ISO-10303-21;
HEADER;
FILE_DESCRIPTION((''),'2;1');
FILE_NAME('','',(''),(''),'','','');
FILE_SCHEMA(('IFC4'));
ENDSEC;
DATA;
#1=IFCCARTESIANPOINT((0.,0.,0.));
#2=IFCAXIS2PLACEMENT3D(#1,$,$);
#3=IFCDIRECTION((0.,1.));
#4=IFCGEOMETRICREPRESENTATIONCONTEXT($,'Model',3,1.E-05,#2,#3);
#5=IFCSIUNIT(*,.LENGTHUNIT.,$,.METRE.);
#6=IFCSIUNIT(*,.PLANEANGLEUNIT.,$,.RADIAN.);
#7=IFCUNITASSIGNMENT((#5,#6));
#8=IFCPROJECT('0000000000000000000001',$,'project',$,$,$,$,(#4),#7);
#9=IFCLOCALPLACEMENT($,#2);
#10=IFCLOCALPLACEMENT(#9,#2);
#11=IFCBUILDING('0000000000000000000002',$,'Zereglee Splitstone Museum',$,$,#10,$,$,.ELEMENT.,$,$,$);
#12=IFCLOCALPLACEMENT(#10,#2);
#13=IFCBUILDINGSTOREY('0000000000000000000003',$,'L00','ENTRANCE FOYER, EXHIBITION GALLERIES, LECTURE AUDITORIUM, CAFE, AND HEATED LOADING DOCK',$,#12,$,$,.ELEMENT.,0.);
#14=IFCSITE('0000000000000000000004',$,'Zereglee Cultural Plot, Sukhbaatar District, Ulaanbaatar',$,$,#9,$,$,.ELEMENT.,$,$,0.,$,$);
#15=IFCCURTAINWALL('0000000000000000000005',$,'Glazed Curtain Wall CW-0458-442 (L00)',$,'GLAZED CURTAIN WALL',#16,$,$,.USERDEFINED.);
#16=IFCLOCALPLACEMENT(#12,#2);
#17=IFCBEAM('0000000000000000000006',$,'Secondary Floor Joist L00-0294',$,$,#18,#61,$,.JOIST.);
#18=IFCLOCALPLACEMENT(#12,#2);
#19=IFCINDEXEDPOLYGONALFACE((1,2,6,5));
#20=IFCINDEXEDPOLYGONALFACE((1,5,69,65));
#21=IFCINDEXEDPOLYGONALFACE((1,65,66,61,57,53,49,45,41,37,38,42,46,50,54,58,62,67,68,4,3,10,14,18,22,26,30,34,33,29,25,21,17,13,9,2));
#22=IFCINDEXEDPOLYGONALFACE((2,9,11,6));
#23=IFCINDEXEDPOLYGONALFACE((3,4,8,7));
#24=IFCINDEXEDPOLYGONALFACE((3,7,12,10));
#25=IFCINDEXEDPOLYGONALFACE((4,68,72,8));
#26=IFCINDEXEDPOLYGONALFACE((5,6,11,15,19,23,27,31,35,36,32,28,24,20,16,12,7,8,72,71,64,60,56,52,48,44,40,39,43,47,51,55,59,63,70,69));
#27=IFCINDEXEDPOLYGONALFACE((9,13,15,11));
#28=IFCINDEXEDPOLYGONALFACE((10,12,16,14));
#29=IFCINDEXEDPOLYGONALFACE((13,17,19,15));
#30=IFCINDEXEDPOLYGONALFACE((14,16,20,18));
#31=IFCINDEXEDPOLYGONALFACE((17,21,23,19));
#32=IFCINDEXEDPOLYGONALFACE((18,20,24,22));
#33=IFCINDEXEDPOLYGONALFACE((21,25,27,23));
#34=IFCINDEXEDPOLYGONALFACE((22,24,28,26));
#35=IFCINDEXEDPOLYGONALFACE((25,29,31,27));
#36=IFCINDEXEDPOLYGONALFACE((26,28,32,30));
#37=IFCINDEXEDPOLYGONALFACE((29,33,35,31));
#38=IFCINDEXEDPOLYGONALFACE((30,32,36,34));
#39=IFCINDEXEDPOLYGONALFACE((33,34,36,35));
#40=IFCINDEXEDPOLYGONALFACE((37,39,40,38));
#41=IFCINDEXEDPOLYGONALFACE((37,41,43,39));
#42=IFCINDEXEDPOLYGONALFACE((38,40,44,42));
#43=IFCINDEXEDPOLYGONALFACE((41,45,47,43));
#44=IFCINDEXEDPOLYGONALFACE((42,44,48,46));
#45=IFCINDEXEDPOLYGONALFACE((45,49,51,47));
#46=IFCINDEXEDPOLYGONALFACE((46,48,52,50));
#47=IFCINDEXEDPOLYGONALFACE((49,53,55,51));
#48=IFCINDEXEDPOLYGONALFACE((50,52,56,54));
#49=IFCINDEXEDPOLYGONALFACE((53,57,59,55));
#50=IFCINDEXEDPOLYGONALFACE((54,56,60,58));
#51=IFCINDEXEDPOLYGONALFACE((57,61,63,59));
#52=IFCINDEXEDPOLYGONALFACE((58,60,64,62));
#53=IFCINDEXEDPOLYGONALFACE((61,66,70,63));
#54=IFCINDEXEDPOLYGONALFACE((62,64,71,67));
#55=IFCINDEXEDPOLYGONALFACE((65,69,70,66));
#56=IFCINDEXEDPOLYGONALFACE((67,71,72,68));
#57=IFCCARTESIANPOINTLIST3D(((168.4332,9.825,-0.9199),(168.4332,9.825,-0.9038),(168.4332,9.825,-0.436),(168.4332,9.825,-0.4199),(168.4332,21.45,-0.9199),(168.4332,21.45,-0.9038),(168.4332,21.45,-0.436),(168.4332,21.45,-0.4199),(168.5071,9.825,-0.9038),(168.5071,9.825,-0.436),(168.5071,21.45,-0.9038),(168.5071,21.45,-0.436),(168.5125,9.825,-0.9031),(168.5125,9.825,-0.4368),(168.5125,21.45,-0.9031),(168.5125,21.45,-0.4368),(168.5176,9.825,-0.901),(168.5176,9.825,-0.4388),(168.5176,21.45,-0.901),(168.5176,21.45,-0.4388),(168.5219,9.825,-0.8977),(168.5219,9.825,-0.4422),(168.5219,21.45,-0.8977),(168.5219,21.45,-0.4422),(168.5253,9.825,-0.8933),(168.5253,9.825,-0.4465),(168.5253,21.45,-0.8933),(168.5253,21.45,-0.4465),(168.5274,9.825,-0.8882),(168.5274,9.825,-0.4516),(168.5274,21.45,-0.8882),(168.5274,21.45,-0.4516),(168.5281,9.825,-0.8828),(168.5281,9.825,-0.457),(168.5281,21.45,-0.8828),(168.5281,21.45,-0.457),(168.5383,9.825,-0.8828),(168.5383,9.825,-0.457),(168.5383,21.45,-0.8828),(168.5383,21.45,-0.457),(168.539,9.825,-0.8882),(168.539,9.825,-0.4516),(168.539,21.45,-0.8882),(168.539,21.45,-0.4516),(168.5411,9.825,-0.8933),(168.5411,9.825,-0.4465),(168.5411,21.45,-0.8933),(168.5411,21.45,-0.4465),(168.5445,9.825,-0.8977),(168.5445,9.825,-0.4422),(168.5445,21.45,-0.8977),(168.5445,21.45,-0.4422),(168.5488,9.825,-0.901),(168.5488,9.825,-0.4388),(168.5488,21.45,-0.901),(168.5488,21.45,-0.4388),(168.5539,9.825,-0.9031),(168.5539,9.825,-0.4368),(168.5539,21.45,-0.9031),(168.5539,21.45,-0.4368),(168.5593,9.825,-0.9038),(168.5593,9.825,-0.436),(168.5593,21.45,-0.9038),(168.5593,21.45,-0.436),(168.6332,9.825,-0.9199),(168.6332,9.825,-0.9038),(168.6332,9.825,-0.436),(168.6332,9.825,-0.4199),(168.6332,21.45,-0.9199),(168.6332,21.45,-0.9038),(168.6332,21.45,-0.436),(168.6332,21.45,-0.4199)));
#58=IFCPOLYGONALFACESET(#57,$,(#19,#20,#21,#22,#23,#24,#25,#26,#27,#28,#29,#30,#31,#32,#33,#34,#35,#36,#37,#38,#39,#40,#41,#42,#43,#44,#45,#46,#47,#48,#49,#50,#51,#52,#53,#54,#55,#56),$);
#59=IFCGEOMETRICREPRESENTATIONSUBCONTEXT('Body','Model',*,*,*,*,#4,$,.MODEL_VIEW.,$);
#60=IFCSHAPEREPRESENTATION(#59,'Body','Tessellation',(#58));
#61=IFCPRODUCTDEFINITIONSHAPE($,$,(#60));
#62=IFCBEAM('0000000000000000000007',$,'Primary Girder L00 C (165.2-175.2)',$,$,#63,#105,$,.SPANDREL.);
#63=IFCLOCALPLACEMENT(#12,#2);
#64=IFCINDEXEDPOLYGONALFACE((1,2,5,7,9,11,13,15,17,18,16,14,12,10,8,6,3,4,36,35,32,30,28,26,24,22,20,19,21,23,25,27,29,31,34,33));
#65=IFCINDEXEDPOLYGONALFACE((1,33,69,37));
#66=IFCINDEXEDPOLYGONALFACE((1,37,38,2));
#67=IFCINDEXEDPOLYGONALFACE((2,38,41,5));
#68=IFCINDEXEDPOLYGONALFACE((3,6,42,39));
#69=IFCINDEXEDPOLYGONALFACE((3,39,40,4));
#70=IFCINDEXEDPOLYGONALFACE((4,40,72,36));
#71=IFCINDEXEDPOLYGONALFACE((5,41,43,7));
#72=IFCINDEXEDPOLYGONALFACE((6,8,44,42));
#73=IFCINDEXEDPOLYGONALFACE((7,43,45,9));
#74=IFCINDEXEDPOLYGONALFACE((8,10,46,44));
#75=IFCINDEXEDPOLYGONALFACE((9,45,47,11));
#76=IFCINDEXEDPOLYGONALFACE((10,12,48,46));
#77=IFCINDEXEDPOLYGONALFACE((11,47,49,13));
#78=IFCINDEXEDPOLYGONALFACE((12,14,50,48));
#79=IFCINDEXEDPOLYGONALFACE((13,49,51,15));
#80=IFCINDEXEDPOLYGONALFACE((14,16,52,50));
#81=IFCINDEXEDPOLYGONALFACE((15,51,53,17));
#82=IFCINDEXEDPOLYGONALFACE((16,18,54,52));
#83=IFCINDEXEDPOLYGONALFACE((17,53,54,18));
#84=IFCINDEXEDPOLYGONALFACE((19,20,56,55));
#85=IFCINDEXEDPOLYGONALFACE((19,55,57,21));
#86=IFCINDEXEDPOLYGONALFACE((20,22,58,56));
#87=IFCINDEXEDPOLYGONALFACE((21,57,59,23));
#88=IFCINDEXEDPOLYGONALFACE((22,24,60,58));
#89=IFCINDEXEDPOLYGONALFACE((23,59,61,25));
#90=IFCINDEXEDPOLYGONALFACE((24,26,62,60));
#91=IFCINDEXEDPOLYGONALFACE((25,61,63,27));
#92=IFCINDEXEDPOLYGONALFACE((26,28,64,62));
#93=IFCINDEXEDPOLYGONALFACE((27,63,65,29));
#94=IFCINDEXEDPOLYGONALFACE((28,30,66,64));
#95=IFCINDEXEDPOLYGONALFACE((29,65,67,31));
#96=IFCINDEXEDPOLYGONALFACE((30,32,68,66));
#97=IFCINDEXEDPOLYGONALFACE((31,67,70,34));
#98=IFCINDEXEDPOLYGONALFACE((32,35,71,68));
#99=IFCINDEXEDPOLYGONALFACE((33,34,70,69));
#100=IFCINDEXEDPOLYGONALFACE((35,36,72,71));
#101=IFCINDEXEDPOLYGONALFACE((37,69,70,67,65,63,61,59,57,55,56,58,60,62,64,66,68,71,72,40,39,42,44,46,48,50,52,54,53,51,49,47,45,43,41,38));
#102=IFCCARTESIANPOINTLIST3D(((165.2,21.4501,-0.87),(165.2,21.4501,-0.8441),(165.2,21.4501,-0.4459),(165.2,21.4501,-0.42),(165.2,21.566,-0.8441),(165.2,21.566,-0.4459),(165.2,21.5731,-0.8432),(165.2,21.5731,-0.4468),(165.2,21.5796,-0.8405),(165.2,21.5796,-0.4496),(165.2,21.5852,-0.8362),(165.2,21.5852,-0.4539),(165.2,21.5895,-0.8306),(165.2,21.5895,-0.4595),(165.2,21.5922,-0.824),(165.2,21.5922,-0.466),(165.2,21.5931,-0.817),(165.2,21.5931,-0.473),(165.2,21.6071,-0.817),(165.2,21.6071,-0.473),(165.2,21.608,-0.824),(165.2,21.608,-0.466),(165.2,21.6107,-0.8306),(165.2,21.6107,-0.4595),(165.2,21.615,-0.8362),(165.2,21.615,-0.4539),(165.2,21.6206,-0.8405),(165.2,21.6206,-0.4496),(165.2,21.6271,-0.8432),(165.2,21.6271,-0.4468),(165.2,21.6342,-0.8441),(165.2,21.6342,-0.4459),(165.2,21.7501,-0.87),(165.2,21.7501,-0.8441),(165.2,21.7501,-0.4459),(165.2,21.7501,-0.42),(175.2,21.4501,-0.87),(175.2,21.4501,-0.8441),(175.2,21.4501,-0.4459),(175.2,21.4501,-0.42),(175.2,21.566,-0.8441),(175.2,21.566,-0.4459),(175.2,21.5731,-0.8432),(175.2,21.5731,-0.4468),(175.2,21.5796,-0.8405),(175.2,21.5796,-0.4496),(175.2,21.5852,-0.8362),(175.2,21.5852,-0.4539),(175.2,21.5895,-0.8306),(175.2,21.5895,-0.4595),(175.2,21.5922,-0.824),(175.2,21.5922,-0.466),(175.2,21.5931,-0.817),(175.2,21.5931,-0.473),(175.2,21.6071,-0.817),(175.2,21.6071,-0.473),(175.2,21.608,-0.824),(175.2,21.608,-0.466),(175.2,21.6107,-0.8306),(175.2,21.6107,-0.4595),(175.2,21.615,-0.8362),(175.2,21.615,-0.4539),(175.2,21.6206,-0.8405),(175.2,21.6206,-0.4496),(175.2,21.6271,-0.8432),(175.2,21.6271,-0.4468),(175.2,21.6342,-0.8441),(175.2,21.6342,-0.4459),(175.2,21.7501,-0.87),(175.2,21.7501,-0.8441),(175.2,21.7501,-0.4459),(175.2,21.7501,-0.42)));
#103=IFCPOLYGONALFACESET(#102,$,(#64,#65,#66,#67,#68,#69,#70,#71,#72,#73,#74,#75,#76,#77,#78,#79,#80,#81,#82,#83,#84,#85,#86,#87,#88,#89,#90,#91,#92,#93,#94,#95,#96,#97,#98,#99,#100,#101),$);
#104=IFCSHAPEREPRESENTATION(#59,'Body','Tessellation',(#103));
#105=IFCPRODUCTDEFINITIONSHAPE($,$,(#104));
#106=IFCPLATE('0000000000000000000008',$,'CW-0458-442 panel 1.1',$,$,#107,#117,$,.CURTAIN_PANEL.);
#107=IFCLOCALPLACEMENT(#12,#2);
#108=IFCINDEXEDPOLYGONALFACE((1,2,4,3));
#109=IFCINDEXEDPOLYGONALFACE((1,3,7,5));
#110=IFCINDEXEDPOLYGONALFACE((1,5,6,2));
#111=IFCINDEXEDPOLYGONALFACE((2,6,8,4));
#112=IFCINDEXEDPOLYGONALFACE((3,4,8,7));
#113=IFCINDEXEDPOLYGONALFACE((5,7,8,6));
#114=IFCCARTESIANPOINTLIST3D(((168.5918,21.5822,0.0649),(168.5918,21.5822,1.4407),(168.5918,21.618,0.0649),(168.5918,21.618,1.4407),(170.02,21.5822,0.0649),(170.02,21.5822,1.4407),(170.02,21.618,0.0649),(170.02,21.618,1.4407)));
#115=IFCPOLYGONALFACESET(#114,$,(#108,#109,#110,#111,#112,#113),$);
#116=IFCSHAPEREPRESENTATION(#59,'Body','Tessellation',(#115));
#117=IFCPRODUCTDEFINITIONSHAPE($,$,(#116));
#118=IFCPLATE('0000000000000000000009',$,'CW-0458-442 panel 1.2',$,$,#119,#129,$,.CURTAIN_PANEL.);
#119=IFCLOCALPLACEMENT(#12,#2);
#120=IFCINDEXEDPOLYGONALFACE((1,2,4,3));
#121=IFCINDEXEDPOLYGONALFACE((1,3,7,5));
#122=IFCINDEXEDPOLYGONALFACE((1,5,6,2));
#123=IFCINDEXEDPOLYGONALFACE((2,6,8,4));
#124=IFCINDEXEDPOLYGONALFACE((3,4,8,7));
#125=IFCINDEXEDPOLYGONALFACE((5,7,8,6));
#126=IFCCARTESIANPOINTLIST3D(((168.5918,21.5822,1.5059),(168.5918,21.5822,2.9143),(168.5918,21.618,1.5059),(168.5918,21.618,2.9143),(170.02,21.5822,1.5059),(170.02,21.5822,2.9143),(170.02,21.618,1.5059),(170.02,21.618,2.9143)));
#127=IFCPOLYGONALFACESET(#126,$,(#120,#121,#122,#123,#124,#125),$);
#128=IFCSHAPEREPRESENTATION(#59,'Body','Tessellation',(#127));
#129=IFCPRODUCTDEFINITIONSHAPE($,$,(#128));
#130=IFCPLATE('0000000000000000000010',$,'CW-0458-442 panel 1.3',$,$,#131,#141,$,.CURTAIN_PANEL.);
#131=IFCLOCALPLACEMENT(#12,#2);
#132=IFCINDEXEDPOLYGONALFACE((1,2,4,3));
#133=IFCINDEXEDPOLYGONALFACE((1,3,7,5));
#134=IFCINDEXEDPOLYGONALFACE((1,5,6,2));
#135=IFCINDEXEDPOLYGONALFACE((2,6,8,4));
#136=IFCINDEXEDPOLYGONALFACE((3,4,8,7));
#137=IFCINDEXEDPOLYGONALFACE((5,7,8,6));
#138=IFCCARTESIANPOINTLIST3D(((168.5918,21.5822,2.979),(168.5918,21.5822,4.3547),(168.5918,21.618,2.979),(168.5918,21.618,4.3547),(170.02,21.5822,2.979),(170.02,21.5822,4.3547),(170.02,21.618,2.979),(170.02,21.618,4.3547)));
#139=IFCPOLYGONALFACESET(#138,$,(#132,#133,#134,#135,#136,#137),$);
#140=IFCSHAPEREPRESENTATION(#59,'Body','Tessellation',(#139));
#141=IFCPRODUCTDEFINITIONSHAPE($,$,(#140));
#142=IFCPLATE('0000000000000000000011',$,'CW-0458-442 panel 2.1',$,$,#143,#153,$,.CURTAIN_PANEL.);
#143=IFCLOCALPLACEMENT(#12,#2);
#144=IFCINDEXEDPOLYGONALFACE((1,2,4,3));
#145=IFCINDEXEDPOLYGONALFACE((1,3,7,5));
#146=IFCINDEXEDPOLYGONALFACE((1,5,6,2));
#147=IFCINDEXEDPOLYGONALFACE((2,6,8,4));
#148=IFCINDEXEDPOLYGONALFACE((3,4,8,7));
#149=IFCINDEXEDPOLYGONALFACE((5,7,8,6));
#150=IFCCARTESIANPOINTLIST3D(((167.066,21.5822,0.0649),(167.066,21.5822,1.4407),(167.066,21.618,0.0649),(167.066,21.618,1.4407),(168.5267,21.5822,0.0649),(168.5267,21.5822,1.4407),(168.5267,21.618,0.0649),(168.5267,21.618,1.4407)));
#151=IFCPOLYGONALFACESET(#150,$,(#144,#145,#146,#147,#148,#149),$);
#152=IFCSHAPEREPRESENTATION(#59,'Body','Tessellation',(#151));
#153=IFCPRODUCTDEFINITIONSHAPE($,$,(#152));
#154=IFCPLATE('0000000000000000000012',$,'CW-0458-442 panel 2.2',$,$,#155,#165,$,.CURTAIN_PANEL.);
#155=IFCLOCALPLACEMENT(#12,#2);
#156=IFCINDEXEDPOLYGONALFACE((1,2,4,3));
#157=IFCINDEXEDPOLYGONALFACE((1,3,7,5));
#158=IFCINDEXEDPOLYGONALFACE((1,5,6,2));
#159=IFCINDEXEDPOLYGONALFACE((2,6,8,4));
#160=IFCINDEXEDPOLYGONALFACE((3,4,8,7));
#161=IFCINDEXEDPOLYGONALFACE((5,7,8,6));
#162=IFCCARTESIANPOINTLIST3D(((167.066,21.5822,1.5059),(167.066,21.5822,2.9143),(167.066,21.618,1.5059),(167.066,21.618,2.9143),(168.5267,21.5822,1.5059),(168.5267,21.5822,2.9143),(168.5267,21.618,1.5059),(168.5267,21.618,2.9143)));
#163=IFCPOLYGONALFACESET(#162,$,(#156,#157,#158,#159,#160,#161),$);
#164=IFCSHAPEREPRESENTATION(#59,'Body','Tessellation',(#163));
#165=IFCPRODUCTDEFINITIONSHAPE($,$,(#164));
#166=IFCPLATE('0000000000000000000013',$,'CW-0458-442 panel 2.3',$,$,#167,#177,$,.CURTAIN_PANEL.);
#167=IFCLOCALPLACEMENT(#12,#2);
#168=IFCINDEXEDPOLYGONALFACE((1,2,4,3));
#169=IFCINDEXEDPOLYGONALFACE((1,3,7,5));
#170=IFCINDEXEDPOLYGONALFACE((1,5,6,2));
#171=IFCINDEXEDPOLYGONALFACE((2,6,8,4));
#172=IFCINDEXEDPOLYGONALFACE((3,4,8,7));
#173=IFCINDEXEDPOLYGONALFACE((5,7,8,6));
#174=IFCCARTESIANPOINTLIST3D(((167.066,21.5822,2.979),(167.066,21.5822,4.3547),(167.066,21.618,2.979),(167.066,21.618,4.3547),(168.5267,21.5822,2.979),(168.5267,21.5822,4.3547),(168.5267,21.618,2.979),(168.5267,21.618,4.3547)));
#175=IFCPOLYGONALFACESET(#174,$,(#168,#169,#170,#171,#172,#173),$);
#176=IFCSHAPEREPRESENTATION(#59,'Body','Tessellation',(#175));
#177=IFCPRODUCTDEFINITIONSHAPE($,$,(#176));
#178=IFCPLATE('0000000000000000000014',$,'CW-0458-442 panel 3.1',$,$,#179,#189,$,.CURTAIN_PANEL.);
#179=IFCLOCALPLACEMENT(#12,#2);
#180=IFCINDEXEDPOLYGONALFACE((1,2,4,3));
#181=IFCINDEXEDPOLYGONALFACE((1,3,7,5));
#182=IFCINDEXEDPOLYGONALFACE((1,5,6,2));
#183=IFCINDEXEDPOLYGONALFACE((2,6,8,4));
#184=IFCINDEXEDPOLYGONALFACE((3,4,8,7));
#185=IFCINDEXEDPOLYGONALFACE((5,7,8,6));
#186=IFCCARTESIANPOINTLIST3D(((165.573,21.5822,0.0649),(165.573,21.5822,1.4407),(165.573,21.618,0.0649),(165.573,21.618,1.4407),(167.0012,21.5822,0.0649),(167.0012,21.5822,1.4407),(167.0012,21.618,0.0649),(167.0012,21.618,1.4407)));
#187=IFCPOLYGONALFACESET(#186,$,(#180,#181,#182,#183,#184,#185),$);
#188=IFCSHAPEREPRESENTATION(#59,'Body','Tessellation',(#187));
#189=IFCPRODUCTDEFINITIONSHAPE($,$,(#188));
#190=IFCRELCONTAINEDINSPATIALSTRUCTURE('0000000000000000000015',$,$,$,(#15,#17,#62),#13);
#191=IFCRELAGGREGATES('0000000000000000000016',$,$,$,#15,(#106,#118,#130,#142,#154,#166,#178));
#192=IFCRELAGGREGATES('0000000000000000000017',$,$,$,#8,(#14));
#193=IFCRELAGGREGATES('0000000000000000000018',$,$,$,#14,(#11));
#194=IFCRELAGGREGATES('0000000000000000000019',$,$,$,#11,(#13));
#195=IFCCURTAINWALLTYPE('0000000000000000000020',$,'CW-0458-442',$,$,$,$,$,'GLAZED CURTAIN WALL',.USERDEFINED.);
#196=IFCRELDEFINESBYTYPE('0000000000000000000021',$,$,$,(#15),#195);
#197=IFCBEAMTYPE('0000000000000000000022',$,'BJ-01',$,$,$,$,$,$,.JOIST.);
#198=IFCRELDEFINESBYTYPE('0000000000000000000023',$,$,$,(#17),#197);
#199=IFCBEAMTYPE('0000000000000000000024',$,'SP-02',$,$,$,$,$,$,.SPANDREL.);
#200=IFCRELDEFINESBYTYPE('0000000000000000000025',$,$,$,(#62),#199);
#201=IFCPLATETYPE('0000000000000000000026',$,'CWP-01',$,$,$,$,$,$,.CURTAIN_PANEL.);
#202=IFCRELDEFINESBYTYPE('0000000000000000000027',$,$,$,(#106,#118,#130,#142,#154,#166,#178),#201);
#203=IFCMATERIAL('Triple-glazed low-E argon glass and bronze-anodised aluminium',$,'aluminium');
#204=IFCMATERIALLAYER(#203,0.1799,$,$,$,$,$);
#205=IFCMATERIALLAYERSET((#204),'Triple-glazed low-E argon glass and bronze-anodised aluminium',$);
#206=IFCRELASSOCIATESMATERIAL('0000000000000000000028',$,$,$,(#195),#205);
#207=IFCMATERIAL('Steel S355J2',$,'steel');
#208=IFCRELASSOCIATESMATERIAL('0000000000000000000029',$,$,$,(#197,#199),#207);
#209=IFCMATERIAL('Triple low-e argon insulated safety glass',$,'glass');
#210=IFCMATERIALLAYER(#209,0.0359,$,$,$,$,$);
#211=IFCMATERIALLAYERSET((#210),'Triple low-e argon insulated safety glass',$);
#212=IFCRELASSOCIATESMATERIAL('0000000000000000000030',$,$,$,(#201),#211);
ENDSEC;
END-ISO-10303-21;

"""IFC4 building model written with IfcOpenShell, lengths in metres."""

from ifc_helpers import new_model, si_unit, direction, frame, origin, origin_2d, place, context, subcontext, project, spatial, rectangle, i_section, extrude, material, layer, layer_set, material_profile, profile_set, type_object, element, aggregate, save


model = new_model("IFC4")

# Units and contexts
model_context = context("Model", 3, precision=1e-05, world=origin(), true_north=direction((0.0, 1.0)))
body_context = subcontext(model_context, "Body", "Model", "MODEL_VIEW")
ifc_project = project(units=[si_unit("LENGTHUNIT", "METRE"), si_unit("PLANEANGLEUNIT", "RADIAN")], contexts=[model_context])

# Site, building, storey
site_placement = place(None, origin())
site = spatial("IfcSite", under=ifc_project, at=site_placement, Name="Zereglee Cultural Plot, Sukhbaatar District, Ulaanbaatar", CompositionType="ELEMENT", RefElevation=0.0)
building_placement = place(site_placement, origin())
building = spatial("IfcBuilding", under=site, at=building_placement, Name="Zereglee Splitstone Museum", CompositionType="ELEMENT")
storey_placement = place(building_placement, origin())
storey = spatial("IfcBuildingStorey", under=building, at=storey_placement, Name="L00", Description="ENTRANCE FOYER, EXHIBITION GALLERIES, LECTURE AUDITORIUM, CAFE, AND HEATED LOADING DOCK", CompositionType="ELEMENT", Elevation=0.0)

# Curtain wall
ifc_material_1 = material(Name="Triple-glazed low-E argon glass and bronze-anodised aluminium", Category="aluminium")
ifc_layer_1 = layer(ifc_material_1, 0.1799)
ifc_layer_set_1 = layer_set([ifc_layer_1], Name="Triple-glazed low-E argon glass and bronze-anodised aluminium")
curtain_wall_type_1 = type_object("IfcCurtainWallType", Name="CW-0458-442", ElementType="GLAZED CURTAIN WALL", PredefinedType="USERDEFINED", material=ifc_layer_set_1)
curtain_wall_1_placement = place(storey_placement, origin())
curtain_wall_1 = element("IfcCurtainWall", 1, at=curtain_wall_1_placement, inside=storey, type_object=curtain_wall_type_1, Name="Glazed Curtain Wall CW-0458-442 (L00)", ObjectType="GLAZED CURTAIN WALL", PredefinedType="USERDEFINED")

# Beams
ifc_material_2 = material(Name="Steel S355J2", Category="steel")
ifc_material_profile_1 = material_profile(ifc_material_2, i_section(OverallWidth=0.2, OverallDepth=0.5, WebThickness=0.0103, FlangeThickness=0.0161, FilletRadius=0.021, at=origin_2d()), Name="IPE 500")
ifc_profile_set_1 = profile_set([ifc_material_profile_1], Name="Steel S355J2")
beam_type_1 = type_object("IfcBeamType", Name="BJ-01", PredefinedType="JOIST", material=ifc_profile_set_1)
beam_1_placement = place(storey_placement, frame((168.5332, 9.825, -0.6699), z_axis=(0.0, 1.0, 0.0), x_axis=(-1.0, 0.0, 0.0)))
element("IfcBeam", 2, at=beam_1_placement, inside=storey, type_object=beam_type_1, Name="Secondary Floor Joist L00-0294", PredefinedType="JOIST", context=body_context, shape_type="SweptSolid", body=[
    extrude(i_section(OverallWidth=0.2, OverallDepth=0.5, WebThickness=0.0103, FlangeThickness=0.0161, FilletRadius=0.021, at=origin_2d()), origin(), (0.0, 0.0, 1.0), 11.625),
])
ifc_material_profile_2 = material_profile(ifc_material_2, i_section(OverallWidth=0.3, OverallDepth=0.45, WebThickness=0.0139, FlangeThickness=0.0259, FilletRadius=0.0271, at=origin_2d()), Name="HE 450 B")
ifc_profile_set_2 = profile_set([ifc_material_profile_2], Name="Steel S355J2")
beam_type_2 = type_object("IfcBeamType", Name="SP-02", PredefinedType="SPANDREL", material=ifc_profile_set_2)
beam_2_placement = place(storey_placement, frame((165.2, 21.6001, -0.645), z_axis=(1.0, 0.0, 0.0), x_axis=(0.0, 1.0, 0.0)))
element("IfcBeam", 3, at=beam_2_placement, inside=storey, type_object=beam_type_2, Name="Primary Girder L00 C (165.2-175.2)", PredefinedType="SPANDREL", context=body_context, shape_type="SweptSolid", body=[
    extrude(i_section(OverallWidth=0.3, OverallDepth=0.45, WebThickness=0.0139, FlangeThickness=0.0259, FilletRadius=0.0271, at=origin_2d()), origin(), (0.0, 0.0, 1.0), 10.0),
])

# Plates
ifc_material_3 = material(Name="Triple low-e argon insulated safety glass", Category="glass")
ifc_layer_2 = layer(ifc_material_3, 0.0359)
ifc_layer_set_2 = layer_set([ifc_layer_2], Name="Triple low-e argon insulated safety glass")
plate_type = type_object("IfcPlateType", Name="CWP-01", PredefinedType="CURTAIN_PANEL", material=ifc_layer_set_2)
plate_1_placement = place(storey_placement, frame((169.3059, 21.6001, 0.0649), z_axis=(0.0, 0.0, 1.0), x_axis=(-1.0, 0.0, 0.0)))
plate_1 = element("IfcPlate", 4, at=plate_1_placement, type_object=plate_type, Name="CW-0458-442 panel 1.1", PredefinedType="CURTAIN_PANEL", context=body_context, shape_type="SweptSolid", body=[
    extrude(rectangle(XDim=1.4282, YDim=0.0359, at=origin_2d()), origin(), (0.0, 0.0, 1.0), 1.3757),
])
plate_2_placement = place(storey_placement, frame((169.3059, 21.6001, 1.5059), z_axis=(0.0, 0.0, 1.0), x_axis=(-1.0, 0.0, 0.0)))
plate_2 = element("IfcPlate", 5, at=plate_2_placement, type_object=plate_type, Name="CW-0458-442 panel 1.2", PredefinedType="CURTAIN_PANEL", context=body_context, shape_type="SweptSolid", body=[
    extrude(rectangle(XDim=1.4282, YDim=0.0359, at=origin_2d()), origin(), (0.0, 0.0, 1.0), 1.4084),
])
plate_3_placement = place(storey_placement, frame((169.3059, 21.6001, 2.979), z_axis=(0.0, 0.0, 1.0), x_axis=(-1.0, 0.0, 0.0)))
plate_3 = element("IfcPlate", 6, at=plate_3_placement, type_object=plate_type, Name="CW-0458-442 panel 1.3", PredefinedType="CURTAIN_PANEL", context=body_context, shape_type="SweptSolid", body=[
    extrude(rectangle(XDim=1.4282, YDim=0.0359, at=origin_2d()), origin(), (0.0, 0.0, 1.0), 1.3757),
])
plate_4_placement = place(storey_placement, frame((167.7964, 21.6001, 0.0649), z_axis=(0.0, 0.0, 1.0), x_axis=(-1.0, 0.0, 0.0)))
plate_4 = element("IfcPlate", 7, at=plate_4_placement, type_object=plate_type, Name="CW-0458-442 panel 2.1", PredefinedType="CURTAIN_PANEL", context=body_context, shape_type="SweptSolid", body=[
    extrude(rectangle(XDim=1.4607, YDim=0.0359, at=origin_2d()), origin(), (0.0, 0.0, 1.0), 1.3757),
])
plate_5_placement = place(storey_placement, frame((167.7964, 21.6001, 1.5059), z_axis=(0.0, 0.0, 1.0), x_axis=(-1.0, 0.0, 0.0)))
plate_5 = element("IfcPlate", 8, at=plate_5_placement, type_object=plate_type, Name="CW-0458-442 panel 2.2", PredefinedType="CURTAIN_PANEL", context=body_context, shape_type="SweptSolid", body=[
    extrude(rectangle(XDim=1.4607, YDim=0.0359, at=origin_2d()), origin(), (0.0, 0.0, 1.0), 1.4084),
])
plate_6_placement = place(storey_placement, frame((167.7964, 21.6001, 2.979), z_axis=(0.0, 0.0, 1.0), x_axis=(-1.0, 0.0, 0.0)))
plate_6 = element("IfcPlate", 9, at=plate_6_placement, type_object=plate_type, Name="CW-0458-442 panel 2.3", PredefinedType="CURTAIN_PANEL", context=body_context, shape_type="SweptSolid", body=[
    extrude(rectangle(XDim=1.4607, YDim=0.0359, at=origin_2d()), origin(), (0.0, 0.0, 1.0), 1.3757),
])
plate_7_placement = place(storey_placement, frame((166.2871, 21.6001, 0.0649), z_axis=(0.0, 0.0, 1.0), x_axis=(-1.0, 0.0, 0.0)))
plate_7 = element("IfcPlate", 10, at=plate_7_placement, type_object=plate_type, Name="CW-0458-442 panel 3.1", PredefinedType="CURTAIN_PANEL", context=body_context, shape_type="SweptSolid", body=[
    extrude(rectangle(XDim=1.4282, YDim=0.0359, at=origin_2d()), origin(), (0.0, 0.0, 1.0), 1.3757),
])
aggregate(curtain_wall_1, [plate_1, plate_2, plate_3, plate_4, plate_5, plate_6, plate_7])

save(model, "model.ifc")
